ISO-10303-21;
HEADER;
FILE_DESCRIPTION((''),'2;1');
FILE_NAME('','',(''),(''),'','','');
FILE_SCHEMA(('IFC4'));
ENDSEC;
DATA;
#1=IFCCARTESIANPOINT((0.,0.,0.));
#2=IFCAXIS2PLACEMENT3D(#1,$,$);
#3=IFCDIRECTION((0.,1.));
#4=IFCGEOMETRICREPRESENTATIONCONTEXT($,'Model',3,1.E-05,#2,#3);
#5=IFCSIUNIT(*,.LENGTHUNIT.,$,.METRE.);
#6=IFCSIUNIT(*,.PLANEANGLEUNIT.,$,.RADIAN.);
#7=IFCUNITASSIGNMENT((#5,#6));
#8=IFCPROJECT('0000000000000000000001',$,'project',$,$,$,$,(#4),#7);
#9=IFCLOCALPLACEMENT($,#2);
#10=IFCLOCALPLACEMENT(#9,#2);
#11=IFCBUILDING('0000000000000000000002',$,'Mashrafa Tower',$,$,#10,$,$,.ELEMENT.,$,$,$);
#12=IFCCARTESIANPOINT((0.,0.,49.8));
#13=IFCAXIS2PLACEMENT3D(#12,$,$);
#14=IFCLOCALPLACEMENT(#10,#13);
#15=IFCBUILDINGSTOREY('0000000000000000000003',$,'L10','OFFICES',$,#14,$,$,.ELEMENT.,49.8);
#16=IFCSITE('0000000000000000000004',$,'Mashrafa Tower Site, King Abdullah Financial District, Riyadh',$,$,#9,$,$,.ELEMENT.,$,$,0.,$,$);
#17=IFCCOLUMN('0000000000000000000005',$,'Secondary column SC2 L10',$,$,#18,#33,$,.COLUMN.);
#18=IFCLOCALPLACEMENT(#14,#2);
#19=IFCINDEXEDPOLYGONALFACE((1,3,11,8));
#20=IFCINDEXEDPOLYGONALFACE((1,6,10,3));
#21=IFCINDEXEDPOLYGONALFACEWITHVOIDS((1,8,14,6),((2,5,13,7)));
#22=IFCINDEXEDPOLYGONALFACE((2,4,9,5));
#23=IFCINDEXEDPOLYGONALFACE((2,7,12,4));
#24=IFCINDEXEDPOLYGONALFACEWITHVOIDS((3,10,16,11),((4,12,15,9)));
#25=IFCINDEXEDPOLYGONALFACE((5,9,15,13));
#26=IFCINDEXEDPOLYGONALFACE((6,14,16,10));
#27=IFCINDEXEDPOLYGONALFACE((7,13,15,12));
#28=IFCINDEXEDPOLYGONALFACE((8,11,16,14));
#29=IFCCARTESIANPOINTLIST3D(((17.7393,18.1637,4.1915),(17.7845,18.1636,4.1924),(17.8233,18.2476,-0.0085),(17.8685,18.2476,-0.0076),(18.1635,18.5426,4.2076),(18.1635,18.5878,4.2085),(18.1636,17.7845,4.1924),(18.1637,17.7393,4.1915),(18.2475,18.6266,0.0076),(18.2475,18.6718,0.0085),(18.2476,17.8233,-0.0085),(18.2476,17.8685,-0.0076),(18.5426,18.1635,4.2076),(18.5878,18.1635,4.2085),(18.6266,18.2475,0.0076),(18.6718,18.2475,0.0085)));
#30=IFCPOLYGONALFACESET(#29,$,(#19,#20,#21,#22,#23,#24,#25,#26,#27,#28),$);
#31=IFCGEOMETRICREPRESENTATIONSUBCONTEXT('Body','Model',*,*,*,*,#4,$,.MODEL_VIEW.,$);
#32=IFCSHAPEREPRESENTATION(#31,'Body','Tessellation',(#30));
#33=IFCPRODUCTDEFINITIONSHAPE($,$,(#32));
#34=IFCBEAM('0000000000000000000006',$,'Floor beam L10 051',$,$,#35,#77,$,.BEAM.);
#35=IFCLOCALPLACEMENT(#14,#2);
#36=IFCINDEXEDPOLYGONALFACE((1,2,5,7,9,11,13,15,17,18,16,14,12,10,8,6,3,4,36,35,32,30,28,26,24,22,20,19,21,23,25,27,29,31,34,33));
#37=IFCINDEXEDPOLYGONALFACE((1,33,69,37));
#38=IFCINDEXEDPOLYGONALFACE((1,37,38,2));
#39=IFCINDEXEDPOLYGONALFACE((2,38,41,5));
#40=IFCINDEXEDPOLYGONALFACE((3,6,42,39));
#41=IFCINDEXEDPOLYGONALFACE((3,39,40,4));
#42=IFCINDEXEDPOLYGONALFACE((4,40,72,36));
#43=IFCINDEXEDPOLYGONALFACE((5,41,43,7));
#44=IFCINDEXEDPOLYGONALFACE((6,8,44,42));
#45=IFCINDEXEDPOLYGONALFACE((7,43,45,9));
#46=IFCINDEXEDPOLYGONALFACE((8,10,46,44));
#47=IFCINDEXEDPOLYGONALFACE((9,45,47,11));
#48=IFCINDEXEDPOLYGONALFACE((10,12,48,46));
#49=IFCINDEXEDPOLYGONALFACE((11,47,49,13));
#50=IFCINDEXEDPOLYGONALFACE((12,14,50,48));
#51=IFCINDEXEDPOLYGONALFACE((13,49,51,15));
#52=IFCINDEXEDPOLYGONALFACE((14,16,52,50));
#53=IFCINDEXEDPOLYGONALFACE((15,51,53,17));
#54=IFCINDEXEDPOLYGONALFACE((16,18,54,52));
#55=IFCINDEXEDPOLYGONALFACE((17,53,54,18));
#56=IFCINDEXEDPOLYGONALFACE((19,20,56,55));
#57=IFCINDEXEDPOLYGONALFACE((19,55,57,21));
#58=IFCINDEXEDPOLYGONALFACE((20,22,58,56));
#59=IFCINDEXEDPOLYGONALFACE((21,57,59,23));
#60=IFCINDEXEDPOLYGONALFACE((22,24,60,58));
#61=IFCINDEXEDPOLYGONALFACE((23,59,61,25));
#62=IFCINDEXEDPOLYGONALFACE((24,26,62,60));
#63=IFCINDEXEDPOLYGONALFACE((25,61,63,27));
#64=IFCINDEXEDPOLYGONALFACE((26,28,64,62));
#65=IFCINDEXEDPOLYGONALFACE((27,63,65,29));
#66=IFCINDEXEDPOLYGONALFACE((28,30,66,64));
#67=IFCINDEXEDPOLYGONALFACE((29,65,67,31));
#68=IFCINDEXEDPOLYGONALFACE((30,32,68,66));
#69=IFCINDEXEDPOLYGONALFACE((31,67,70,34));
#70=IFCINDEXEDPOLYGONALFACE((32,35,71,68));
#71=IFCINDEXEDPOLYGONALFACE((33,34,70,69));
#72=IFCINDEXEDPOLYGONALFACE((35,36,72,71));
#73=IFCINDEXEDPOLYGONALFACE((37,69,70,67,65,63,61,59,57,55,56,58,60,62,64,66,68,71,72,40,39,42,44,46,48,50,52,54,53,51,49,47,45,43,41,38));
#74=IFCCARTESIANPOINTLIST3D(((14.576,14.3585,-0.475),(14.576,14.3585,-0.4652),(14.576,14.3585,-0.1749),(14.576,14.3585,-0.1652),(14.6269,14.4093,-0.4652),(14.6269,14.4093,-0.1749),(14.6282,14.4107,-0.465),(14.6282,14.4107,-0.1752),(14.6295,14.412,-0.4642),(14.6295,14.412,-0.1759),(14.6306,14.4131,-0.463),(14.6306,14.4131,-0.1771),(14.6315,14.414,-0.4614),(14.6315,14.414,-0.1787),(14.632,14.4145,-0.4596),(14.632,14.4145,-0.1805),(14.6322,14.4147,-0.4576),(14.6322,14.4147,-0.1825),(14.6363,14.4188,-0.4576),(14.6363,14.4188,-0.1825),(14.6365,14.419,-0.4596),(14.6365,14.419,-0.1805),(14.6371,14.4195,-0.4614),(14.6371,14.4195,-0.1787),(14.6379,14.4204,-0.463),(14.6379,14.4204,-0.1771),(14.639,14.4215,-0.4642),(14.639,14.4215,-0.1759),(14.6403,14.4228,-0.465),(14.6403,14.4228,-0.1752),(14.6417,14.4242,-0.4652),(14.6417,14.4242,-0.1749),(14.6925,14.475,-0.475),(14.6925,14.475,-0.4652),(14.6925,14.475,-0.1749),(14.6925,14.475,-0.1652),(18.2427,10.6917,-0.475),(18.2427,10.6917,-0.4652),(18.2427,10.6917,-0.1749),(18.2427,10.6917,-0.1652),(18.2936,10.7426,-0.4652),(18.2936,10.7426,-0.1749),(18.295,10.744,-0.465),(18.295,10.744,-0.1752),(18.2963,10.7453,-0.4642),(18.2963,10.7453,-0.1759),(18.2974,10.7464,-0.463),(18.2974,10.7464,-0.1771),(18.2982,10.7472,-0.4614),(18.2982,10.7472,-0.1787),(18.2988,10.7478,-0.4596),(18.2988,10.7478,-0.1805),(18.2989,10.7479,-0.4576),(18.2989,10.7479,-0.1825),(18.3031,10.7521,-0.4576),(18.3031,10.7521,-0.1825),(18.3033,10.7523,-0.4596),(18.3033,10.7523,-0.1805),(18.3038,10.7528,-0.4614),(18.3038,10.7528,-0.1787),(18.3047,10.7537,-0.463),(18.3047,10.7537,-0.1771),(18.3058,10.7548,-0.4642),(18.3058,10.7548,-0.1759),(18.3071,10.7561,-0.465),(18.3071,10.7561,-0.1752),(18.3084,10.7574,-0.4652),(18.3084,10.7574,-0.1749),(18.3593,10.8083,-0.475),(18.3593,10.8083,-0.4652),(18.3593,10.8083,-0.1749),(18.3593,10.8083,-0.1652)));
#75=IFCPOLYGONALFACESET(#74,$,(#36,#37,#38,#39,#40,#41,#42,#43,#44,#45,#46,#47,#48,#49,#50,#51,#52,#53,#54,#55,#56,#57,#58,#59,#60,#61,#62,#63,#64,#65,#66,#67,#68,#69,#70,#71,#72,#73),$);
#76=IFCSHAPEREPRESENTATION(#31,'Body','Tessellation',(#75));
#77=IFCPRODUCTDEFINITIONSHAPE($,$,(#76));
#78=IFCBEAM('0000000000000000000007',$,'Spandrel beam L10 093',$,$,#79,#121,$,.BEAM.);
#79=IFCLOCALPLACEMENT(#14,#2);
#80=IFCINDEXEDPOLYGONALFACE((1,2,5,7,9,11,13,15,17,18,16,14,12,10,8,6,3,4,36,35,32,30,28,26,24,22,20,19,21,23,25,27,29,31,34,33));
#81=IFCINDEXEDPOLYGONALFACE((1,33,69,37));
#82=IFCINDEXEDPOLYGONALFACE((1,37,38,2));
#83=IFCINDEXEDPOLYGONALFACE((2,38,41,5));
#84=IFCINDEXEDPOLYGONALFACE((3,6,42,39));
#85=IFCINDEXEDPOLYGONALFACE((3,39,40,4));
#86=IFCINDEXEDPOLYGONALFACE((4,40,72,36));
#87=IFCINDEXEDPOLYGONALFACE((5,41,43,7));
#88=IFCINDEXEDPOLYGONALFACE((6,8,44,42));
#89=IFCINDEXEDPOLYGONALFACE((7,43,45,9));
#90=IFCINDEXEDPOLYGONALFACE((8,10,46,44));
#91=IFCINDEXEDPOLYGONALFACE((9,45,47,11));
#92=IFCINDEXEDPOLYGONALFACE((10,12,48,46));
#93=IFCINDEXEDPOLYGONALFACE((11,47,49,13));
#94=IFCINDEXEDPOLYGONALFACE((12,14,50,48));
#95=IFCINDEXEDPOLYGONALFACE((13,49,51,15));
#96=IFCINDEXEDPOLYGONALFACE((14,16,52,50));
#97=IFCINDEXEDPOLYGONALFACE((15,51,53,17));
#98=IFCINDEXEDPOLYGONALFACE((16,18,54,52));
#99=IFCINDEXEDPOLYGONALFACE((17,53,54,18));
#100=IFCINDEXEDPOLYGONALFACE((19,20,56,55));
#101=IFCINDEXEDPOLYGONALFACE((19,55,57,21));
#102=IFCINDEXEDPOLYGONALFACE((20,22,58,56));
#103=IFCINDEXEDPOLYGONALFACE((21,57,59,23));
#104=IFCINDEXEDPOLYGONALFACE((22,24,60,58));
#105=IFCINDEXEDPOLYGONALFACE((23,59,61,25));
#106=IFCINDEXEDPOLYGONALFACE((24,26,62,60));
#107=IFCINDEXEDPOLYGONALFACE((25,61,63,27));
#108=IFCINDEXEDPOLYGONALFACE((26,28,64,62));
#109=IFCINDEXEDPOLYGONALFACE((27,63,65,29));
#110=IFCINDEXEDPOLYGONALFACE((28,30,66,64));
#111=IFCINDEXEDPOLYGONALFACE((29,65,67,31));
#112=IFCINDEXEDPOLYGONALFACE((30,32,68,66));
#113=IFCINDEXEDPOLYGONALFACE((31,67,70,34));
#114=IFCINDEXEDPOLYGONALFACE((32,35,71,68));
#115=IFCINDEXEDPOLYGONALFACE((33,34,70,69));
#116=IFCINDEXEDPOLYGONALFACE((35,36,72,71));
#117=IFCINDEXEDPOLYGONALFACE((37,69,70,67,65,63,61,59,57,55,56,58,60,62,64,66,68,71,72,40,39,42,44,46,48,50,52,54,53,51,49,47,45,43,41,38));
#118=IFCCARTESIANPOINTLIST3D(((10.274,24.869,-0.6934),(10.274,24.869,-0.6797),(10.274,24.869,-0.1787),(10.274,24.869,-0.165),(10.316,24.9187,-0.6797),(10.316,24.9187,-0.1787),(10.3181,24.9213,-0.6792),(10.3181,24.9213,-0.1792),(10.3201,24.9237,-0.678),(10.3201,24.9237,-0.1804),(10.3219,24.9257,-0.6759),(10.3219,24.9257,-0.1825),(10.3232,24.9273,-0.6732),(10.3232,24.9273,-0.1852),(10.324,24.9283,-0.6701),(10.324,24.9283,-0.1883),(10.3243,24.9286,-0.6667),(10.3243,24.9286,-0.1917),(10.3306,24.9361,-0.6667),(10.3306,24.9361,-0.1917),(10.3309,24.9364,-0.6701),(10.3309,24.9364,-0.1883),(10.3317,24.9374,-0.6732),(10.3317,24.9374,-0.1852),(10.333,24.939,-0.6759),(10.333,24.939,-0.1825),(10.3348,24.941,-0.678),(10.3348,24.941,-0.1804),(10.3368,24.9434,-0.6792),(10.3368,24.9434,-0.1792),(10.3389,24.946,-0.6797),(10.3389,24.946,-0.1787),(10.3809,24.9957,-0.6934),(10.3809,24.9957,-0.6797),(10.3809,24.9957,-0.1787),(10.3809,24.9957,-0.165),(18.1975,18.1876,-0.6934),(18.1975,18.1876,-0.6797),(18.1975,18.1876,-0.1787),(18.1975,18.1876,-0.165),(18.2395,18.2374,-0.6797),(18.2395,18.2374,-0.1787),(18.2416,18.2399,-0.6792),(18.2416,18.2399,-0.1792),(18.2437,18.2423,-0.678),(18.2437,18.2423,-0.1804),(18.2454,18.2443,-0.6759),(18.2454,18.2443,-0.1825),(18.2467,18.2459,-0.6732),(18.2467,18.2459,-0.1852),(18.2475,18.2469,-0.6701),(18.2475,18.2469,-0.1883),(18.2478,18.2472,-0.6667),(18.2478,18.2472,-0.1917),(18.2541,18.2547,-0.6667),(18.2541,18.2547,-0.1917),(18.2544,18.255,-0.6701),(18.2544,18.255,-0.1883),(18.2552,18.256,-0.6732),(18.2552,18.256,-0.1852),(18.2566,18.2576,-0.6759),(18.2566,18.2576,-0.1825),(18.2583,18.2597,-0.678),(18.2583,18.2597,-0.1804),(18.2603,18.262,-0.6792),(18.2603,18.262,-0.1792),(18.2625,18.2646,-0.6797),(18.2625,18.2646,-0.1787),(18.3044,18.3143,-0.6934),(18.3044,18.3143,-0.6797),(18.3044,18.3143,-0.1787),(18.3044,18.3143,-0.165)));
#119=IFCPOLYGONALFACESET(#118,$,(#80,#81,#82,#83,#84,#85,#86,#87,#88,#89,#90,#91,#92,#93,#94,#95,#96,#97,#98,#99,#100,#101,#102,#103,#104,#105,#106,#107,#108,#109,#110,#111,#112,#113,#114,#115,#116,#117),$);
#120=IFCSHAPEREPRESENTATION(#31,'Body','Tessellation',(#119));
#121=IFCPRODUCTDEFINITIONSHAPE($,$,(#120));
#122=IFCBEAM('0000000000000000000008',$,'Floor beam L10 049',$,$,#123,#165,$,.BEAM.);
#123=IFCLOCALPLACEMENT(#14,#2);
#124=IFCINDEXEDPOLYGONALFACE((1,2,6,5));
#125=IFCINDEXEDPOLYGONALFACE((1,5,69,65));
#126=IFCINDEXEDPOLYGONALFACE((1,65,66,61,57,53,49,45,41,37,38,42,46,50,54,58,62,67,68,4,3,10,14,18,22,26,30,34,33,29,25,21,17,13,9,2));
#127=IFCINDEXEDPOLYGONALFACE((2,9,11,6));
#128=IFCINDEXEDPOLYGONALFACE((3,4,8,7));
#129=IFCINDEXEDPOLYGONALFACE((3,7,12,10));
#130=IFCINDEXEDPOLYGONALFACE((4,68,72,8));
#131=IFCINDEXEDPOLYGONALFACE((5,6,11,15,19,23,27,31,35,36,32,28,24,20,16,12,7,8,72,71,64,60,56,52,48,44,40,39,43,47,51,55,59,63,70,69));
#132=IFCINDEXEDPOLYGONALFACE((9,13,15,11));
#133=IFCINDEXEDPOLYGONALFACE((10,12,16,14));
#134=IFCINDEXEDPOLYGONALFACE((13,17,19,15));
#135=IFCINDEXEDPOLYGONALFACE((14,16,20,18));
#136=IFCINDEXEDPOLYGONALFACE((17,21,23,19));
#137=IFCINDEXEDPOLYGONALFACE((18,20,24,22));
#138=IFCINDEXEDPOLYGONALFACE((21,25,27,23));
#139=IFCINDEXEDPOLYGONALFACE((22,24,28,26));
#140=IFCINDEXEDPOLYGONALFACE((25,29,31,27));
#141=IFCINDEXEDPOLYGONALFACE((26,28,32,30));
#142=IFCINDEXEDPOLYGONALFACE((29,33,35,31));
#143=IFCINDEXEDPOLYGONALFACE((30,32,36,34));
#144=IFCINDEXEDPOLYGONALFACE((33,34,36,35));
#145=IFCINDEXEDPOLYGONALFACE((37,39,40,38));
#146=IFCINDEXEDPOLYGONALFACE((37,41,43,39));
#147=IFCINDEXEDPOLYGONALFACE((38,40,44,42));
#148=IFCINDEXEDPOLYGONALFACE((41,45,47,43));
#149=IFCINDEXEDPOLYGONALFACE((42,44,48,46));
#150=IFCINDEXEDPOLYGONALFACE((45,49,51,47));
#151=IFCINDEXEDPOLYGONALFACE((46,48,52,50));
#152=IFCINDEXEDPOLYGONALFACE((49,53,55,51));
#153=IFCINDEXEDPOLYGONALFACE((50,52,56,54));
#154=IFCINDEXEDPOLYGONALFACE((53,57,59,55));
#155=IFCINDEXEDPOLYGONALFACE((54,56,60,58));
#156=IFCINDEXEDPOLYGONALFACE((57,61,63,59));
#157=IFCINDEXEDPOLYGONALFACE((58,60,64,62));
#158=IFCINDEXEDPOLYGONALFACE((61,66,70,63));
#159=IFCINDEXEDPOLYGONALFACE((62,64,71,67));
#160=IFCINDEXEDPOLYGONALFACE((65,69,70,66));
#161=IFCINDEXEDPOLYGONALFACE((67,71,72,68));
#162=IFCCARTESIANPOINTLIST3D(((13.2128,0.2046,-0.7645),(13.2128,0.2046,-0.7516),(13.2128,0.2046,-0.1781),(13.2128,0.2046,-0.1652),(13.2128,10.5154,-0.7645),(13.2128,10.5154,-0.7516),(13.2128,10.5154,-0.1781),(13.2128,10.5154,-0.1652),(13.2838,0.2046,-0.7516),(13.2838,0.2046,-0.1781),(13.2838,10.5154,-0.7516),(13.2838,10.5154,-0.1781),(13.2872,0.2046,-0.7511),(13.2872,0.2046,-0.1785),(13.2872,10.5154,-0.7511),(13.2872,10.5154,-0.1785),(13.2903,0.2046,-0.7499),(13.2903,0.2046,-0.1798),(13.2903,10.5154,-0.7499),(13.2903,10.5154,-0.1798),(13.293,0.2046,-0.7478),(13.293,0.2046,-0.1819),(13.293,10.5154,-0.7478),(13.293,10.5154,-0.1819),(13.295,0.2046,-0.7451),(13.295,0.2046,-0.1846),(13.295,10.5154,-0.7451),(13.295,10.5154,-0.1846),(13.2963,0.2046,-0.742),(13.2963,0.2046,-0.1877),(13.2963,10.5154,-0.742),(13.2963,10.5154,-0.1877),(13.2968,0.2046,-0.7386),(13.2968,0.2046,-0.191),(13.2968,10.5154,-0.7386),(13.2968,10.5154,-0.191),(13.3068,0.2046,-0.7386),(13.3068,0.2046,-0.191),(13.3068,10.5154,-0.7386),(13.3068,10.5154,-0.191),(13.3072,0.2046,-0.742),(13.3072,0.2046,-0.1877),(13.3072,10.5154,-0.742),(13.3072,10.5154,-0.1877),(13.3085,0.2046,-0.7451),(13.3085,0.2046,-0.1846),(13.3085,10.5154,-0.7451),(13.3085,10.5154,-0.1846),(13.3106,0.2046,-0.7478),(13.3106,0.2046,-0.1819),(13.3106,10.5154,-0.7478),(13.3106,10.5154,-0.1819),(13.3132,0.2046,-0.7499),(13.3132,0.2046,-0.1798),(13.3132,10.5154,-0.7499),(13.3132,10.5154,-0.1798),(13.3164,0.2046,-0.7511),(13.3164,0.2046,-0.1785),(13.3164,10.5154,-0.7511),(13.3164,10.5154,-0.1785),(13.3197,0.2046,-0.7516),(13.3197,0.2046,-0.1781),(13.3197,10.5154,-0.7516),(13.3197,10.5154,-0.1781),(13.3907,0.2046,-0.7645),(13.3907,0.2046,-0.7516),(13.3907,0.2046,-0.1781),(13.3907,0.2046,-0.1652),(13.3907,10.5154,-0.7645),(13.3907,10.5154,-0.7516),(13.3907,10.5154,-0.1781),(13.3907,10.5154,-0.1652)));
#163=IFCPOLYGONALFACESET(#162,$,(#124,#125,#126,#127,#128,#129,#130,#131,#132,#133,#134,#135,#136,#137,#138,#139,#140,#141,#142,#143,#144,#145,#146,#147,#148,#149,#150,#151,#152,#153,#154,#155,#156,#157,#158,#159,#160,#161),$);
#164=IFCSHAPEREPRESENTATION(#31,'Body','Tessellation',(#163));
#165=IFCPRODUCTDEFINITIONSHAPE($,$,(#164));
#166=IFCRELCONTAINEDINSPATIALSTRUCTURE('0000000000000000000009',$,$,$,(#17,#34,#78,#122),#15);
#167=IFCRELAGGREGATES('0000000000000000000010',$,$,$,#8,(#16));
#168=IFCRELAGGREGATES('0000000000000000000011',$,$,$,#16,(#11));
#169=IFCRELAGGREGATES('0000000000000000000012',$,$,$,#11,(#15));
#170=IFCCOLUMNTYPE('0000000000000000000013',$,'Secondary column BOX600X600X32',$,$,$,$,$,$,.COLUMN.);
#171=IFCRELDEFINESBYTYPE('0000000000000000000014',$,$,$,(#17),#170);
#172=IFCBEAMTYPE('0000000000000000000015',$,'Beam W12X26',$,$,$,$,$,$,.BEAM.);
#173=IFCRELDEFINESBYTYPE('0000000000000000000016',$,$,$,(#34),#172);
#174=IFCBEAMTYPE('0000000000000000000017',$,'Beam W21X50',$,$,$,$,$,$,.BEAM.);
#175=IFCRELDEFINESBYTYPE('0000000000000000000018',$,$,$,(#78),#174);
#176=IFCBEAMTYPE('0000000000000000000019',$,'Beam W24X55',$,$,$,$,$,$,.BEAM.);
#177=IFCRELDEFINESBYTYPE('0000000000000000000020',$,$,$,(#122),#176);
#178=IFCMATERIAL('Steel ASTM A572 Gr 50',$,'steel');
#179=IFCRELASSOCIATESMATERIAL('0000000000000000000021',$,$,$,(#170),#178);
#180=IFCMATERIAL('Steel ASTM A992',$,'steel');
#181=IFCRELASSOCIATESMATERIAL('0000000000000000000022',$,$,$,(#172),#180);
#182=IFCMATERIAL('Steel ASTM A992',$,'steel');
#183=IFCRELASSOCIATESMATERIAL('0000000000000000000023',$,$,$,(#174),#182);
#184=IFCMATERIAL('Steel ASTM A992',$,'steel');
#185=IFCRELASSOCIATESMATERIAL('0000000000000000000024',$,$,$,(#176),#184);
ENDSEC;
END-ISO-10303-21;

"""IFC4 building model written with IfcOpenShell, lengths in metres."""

from ifc_helpers import new_model, si_unit, direction, frame, origin, origin_2d, place, context, subcontext, project, spatial, hollow_rectangle, i_section, extrude, material, material_profile, profile_set, type_object, element, save


model = new_model("IFC4")

# Units and contexts
model_context = context("Model", 3, precision=1e-05, world=origin(), true_north=direction((0.0, 1.0)))
body_context = subcontext(model_context, "Body", "Model", "MODEL_VIEW")
ifc_project = project(units=[si_unit("LENGTHUNIT", "METRE"), si_unit("PLANEANGLEUNIT", "RADIAN")], contexts=[model_context])

# Site, building, storey
site_placement = place(None, origin())
site = spatial("IfcSite", under=ifc_project, at=site_placement, Name="Mashrafa Tower Site, King Abdullah Financial District, Riyadh", CompositionType="ELEMENT", RefElevation=0.0)
building_placement = place(site_placement, origin())
building = spatial("IfcBuilding", under=site, at=building_placement, Name="Mashrafa Tower", CompositionType="ELEMENT")
storey_placement = place(building_placement, frame((0.0, 0.0, 49.8)))
storey = spatial("IfcBuildingStorey", under=building, at=storey_placement, Name="L10", Description="OFFICES", CompositionType="ELEMENT", Elevation=49.8)

# Column
ifc_material_1 = material(Name="Steel ASTM A572 Gr 50", Category="steel")
ifc_material_profile_1 = material_profile(ifc_material_1, hollow_rectangle(XDim=0.6001, YDim=0.6001, WallThickness=0.032, at=origin_2d()), Name="BOX600X600X32")
ifc_profile_set_1 = profile_set([ifc_material_profile_1], Name="Steel ASTM A572 Gr 50")
column_type = type_object("IfcColumnType", Name="Secondary column BOX600X600X32", PredefinedType="COLUMN", material=ifc_profile_set_1)
column_placement = place(storey_placement, frame((18.2476, 18.2476, 0.0), z_axis=(-0.019989, -0.019989, 0.9996), x_axis=(0.707107, -0.707107, 0.0)))
element("IfcColumn", 1, at=column_placement, inside=storey, type_object=column_type, Name="Secondary column SC2 L10", PredefinedType="COLUMN", context=body_context, shape_type="SweptSolid", body=[
    extrude(hollow_rectangle(XDim=0.6001, YDim=0.6001, WallThickness=0.032, at=origin_2d()), origin(), (0.0, 0.0, 1.0), 4.2017),
])

# Beams
ifc_material_2 = material(Name="Steel ASTM A992", Category="steel")
ifc_material_profile_2 = material_profile(ifc_material_2, i_section(OverallWidth=0.1648, OverallDepth=0.3098, WebThickness=0.0059, FlangeThickness=0.0098, FilletRadius=0.0076, at=origin_2d()), Name="W12X26")
ifc_profile_set_2 = profile_set([ifc_material_profile_2], Name="Steel ASTM A992")
beam_type_1 = type_object("IfcBeamType", Name="Beam W12X26", PredefinedType="BEAM", material=ifc_profile_set_2)
beam_1_placement = place(storey_placement, frame((14.6343, 14.4167, -0.3201), z_axis=(0.707107, -0.707107, 0.0), x_axis=(0.707107, 0.707107, 0.0)))
element("IfcBeam", 2, at=beam_1_placement, inside=storey, type_object=beam_type_1, Name="Floor beam L10 051", PredefinedType="BEAM", context=body_context, shape_type="SweptSolid", body=[
    extrude(i_section(OverallWidth=0.1648, OverallDepth=0.3098, WebThickness=0.0059, FlangeThickness=0.0098, FilletRadius=0.0076, at=origin_2d()), origin(), (0.0, 0.0, 1.0), 5.1855),
])
ifc_material_3 = material(Name="Steel ASTM A992", Category="steel")
ifc_material_profile_3 = material_profile(ifc_material_3, i_section(OverallWidth=0.1658, OverallDepth=0.5283, WebThickness=0.0098, FlangeThickness=0.0137, FilletRadius=0.0129, at=origin_2d()), Name="W21X50")
ifc_profile_set_3 = profile_set([ifc_material_profile_3], Name="Steel ASTM A992")
beam_type_2 = type_object("IfcBeamType", Name="Beam W21X50", PredefinedType="BEAM", material=ifc_profile_set_3)
beam_2_placement = place(storey_placement, frame((18.251, 18.251, -0.4292), z_axis=(-0.764488, 0.644638, 0.0), x_axis=(-0.644638, -0.764488, 0.0)))
element("IfcBeam", 3, at=beam_2_placement, inside=storey, type_object=beam_type_2, Name="Spandrel beam L10 093", PredefinedType="BEAM", context=body_context, shape_type="SweptSolid", body=[
    extrude(i_section(OverallWidth=0.1658, OverallDepth=0.5283, WebThickness=0.0098, FlangeThickness=0.0137, FilletRadius=0.0129, at=origin_2d()), origin(), (0.0, 0.0, 1.0), 10.3645),
])
ifc_material_4 = material(Name="Steel ASTM A992", Category="steel")
ifc_material_profile_4 = material_profile(ifc_material_4, i_section(OverallWidth=0.178, OverallDepth=0.5994, WebThickness=0.01, FlangeThickness=0.0129, FilletRadius=0.0129, at=origin_2d()), Name="W24X55")
ifc_profile_set_4 = profile_set([ifc_material_profile_4], Name="Steel ASTM A992")
beam_type_3 = type_object("IfcBeamType", Name="Beam W24X55", PredefinedType="BEAM", material=ifc_profile_set_4)
beam_3_placement = place(storey_placement, frame((13.3018, 10.5154, -0.4648), z_axis=(0.0, -1.0, 0.0), x_axis=(1.0, 0.0, 0.0)))
element("IfcBeam", 4, at=beam_3_placement, inside=storey, type_object=beam_type_3, Name="Floor beam L10 049", PredefinedType="BEAM", context=body_context, shape_type="SweptSolid", body=[
    extrude(i_section(OverallWidth=0.178, OverallDepth=0.5994, WebThickness=0.01, FlangeThickness=0.0129, FilletRadius=0.0129, at=origin_2d()), origin(), (0.0, 0.0, 1.0), 10.3108),
])

save(model, "model.ifc")
